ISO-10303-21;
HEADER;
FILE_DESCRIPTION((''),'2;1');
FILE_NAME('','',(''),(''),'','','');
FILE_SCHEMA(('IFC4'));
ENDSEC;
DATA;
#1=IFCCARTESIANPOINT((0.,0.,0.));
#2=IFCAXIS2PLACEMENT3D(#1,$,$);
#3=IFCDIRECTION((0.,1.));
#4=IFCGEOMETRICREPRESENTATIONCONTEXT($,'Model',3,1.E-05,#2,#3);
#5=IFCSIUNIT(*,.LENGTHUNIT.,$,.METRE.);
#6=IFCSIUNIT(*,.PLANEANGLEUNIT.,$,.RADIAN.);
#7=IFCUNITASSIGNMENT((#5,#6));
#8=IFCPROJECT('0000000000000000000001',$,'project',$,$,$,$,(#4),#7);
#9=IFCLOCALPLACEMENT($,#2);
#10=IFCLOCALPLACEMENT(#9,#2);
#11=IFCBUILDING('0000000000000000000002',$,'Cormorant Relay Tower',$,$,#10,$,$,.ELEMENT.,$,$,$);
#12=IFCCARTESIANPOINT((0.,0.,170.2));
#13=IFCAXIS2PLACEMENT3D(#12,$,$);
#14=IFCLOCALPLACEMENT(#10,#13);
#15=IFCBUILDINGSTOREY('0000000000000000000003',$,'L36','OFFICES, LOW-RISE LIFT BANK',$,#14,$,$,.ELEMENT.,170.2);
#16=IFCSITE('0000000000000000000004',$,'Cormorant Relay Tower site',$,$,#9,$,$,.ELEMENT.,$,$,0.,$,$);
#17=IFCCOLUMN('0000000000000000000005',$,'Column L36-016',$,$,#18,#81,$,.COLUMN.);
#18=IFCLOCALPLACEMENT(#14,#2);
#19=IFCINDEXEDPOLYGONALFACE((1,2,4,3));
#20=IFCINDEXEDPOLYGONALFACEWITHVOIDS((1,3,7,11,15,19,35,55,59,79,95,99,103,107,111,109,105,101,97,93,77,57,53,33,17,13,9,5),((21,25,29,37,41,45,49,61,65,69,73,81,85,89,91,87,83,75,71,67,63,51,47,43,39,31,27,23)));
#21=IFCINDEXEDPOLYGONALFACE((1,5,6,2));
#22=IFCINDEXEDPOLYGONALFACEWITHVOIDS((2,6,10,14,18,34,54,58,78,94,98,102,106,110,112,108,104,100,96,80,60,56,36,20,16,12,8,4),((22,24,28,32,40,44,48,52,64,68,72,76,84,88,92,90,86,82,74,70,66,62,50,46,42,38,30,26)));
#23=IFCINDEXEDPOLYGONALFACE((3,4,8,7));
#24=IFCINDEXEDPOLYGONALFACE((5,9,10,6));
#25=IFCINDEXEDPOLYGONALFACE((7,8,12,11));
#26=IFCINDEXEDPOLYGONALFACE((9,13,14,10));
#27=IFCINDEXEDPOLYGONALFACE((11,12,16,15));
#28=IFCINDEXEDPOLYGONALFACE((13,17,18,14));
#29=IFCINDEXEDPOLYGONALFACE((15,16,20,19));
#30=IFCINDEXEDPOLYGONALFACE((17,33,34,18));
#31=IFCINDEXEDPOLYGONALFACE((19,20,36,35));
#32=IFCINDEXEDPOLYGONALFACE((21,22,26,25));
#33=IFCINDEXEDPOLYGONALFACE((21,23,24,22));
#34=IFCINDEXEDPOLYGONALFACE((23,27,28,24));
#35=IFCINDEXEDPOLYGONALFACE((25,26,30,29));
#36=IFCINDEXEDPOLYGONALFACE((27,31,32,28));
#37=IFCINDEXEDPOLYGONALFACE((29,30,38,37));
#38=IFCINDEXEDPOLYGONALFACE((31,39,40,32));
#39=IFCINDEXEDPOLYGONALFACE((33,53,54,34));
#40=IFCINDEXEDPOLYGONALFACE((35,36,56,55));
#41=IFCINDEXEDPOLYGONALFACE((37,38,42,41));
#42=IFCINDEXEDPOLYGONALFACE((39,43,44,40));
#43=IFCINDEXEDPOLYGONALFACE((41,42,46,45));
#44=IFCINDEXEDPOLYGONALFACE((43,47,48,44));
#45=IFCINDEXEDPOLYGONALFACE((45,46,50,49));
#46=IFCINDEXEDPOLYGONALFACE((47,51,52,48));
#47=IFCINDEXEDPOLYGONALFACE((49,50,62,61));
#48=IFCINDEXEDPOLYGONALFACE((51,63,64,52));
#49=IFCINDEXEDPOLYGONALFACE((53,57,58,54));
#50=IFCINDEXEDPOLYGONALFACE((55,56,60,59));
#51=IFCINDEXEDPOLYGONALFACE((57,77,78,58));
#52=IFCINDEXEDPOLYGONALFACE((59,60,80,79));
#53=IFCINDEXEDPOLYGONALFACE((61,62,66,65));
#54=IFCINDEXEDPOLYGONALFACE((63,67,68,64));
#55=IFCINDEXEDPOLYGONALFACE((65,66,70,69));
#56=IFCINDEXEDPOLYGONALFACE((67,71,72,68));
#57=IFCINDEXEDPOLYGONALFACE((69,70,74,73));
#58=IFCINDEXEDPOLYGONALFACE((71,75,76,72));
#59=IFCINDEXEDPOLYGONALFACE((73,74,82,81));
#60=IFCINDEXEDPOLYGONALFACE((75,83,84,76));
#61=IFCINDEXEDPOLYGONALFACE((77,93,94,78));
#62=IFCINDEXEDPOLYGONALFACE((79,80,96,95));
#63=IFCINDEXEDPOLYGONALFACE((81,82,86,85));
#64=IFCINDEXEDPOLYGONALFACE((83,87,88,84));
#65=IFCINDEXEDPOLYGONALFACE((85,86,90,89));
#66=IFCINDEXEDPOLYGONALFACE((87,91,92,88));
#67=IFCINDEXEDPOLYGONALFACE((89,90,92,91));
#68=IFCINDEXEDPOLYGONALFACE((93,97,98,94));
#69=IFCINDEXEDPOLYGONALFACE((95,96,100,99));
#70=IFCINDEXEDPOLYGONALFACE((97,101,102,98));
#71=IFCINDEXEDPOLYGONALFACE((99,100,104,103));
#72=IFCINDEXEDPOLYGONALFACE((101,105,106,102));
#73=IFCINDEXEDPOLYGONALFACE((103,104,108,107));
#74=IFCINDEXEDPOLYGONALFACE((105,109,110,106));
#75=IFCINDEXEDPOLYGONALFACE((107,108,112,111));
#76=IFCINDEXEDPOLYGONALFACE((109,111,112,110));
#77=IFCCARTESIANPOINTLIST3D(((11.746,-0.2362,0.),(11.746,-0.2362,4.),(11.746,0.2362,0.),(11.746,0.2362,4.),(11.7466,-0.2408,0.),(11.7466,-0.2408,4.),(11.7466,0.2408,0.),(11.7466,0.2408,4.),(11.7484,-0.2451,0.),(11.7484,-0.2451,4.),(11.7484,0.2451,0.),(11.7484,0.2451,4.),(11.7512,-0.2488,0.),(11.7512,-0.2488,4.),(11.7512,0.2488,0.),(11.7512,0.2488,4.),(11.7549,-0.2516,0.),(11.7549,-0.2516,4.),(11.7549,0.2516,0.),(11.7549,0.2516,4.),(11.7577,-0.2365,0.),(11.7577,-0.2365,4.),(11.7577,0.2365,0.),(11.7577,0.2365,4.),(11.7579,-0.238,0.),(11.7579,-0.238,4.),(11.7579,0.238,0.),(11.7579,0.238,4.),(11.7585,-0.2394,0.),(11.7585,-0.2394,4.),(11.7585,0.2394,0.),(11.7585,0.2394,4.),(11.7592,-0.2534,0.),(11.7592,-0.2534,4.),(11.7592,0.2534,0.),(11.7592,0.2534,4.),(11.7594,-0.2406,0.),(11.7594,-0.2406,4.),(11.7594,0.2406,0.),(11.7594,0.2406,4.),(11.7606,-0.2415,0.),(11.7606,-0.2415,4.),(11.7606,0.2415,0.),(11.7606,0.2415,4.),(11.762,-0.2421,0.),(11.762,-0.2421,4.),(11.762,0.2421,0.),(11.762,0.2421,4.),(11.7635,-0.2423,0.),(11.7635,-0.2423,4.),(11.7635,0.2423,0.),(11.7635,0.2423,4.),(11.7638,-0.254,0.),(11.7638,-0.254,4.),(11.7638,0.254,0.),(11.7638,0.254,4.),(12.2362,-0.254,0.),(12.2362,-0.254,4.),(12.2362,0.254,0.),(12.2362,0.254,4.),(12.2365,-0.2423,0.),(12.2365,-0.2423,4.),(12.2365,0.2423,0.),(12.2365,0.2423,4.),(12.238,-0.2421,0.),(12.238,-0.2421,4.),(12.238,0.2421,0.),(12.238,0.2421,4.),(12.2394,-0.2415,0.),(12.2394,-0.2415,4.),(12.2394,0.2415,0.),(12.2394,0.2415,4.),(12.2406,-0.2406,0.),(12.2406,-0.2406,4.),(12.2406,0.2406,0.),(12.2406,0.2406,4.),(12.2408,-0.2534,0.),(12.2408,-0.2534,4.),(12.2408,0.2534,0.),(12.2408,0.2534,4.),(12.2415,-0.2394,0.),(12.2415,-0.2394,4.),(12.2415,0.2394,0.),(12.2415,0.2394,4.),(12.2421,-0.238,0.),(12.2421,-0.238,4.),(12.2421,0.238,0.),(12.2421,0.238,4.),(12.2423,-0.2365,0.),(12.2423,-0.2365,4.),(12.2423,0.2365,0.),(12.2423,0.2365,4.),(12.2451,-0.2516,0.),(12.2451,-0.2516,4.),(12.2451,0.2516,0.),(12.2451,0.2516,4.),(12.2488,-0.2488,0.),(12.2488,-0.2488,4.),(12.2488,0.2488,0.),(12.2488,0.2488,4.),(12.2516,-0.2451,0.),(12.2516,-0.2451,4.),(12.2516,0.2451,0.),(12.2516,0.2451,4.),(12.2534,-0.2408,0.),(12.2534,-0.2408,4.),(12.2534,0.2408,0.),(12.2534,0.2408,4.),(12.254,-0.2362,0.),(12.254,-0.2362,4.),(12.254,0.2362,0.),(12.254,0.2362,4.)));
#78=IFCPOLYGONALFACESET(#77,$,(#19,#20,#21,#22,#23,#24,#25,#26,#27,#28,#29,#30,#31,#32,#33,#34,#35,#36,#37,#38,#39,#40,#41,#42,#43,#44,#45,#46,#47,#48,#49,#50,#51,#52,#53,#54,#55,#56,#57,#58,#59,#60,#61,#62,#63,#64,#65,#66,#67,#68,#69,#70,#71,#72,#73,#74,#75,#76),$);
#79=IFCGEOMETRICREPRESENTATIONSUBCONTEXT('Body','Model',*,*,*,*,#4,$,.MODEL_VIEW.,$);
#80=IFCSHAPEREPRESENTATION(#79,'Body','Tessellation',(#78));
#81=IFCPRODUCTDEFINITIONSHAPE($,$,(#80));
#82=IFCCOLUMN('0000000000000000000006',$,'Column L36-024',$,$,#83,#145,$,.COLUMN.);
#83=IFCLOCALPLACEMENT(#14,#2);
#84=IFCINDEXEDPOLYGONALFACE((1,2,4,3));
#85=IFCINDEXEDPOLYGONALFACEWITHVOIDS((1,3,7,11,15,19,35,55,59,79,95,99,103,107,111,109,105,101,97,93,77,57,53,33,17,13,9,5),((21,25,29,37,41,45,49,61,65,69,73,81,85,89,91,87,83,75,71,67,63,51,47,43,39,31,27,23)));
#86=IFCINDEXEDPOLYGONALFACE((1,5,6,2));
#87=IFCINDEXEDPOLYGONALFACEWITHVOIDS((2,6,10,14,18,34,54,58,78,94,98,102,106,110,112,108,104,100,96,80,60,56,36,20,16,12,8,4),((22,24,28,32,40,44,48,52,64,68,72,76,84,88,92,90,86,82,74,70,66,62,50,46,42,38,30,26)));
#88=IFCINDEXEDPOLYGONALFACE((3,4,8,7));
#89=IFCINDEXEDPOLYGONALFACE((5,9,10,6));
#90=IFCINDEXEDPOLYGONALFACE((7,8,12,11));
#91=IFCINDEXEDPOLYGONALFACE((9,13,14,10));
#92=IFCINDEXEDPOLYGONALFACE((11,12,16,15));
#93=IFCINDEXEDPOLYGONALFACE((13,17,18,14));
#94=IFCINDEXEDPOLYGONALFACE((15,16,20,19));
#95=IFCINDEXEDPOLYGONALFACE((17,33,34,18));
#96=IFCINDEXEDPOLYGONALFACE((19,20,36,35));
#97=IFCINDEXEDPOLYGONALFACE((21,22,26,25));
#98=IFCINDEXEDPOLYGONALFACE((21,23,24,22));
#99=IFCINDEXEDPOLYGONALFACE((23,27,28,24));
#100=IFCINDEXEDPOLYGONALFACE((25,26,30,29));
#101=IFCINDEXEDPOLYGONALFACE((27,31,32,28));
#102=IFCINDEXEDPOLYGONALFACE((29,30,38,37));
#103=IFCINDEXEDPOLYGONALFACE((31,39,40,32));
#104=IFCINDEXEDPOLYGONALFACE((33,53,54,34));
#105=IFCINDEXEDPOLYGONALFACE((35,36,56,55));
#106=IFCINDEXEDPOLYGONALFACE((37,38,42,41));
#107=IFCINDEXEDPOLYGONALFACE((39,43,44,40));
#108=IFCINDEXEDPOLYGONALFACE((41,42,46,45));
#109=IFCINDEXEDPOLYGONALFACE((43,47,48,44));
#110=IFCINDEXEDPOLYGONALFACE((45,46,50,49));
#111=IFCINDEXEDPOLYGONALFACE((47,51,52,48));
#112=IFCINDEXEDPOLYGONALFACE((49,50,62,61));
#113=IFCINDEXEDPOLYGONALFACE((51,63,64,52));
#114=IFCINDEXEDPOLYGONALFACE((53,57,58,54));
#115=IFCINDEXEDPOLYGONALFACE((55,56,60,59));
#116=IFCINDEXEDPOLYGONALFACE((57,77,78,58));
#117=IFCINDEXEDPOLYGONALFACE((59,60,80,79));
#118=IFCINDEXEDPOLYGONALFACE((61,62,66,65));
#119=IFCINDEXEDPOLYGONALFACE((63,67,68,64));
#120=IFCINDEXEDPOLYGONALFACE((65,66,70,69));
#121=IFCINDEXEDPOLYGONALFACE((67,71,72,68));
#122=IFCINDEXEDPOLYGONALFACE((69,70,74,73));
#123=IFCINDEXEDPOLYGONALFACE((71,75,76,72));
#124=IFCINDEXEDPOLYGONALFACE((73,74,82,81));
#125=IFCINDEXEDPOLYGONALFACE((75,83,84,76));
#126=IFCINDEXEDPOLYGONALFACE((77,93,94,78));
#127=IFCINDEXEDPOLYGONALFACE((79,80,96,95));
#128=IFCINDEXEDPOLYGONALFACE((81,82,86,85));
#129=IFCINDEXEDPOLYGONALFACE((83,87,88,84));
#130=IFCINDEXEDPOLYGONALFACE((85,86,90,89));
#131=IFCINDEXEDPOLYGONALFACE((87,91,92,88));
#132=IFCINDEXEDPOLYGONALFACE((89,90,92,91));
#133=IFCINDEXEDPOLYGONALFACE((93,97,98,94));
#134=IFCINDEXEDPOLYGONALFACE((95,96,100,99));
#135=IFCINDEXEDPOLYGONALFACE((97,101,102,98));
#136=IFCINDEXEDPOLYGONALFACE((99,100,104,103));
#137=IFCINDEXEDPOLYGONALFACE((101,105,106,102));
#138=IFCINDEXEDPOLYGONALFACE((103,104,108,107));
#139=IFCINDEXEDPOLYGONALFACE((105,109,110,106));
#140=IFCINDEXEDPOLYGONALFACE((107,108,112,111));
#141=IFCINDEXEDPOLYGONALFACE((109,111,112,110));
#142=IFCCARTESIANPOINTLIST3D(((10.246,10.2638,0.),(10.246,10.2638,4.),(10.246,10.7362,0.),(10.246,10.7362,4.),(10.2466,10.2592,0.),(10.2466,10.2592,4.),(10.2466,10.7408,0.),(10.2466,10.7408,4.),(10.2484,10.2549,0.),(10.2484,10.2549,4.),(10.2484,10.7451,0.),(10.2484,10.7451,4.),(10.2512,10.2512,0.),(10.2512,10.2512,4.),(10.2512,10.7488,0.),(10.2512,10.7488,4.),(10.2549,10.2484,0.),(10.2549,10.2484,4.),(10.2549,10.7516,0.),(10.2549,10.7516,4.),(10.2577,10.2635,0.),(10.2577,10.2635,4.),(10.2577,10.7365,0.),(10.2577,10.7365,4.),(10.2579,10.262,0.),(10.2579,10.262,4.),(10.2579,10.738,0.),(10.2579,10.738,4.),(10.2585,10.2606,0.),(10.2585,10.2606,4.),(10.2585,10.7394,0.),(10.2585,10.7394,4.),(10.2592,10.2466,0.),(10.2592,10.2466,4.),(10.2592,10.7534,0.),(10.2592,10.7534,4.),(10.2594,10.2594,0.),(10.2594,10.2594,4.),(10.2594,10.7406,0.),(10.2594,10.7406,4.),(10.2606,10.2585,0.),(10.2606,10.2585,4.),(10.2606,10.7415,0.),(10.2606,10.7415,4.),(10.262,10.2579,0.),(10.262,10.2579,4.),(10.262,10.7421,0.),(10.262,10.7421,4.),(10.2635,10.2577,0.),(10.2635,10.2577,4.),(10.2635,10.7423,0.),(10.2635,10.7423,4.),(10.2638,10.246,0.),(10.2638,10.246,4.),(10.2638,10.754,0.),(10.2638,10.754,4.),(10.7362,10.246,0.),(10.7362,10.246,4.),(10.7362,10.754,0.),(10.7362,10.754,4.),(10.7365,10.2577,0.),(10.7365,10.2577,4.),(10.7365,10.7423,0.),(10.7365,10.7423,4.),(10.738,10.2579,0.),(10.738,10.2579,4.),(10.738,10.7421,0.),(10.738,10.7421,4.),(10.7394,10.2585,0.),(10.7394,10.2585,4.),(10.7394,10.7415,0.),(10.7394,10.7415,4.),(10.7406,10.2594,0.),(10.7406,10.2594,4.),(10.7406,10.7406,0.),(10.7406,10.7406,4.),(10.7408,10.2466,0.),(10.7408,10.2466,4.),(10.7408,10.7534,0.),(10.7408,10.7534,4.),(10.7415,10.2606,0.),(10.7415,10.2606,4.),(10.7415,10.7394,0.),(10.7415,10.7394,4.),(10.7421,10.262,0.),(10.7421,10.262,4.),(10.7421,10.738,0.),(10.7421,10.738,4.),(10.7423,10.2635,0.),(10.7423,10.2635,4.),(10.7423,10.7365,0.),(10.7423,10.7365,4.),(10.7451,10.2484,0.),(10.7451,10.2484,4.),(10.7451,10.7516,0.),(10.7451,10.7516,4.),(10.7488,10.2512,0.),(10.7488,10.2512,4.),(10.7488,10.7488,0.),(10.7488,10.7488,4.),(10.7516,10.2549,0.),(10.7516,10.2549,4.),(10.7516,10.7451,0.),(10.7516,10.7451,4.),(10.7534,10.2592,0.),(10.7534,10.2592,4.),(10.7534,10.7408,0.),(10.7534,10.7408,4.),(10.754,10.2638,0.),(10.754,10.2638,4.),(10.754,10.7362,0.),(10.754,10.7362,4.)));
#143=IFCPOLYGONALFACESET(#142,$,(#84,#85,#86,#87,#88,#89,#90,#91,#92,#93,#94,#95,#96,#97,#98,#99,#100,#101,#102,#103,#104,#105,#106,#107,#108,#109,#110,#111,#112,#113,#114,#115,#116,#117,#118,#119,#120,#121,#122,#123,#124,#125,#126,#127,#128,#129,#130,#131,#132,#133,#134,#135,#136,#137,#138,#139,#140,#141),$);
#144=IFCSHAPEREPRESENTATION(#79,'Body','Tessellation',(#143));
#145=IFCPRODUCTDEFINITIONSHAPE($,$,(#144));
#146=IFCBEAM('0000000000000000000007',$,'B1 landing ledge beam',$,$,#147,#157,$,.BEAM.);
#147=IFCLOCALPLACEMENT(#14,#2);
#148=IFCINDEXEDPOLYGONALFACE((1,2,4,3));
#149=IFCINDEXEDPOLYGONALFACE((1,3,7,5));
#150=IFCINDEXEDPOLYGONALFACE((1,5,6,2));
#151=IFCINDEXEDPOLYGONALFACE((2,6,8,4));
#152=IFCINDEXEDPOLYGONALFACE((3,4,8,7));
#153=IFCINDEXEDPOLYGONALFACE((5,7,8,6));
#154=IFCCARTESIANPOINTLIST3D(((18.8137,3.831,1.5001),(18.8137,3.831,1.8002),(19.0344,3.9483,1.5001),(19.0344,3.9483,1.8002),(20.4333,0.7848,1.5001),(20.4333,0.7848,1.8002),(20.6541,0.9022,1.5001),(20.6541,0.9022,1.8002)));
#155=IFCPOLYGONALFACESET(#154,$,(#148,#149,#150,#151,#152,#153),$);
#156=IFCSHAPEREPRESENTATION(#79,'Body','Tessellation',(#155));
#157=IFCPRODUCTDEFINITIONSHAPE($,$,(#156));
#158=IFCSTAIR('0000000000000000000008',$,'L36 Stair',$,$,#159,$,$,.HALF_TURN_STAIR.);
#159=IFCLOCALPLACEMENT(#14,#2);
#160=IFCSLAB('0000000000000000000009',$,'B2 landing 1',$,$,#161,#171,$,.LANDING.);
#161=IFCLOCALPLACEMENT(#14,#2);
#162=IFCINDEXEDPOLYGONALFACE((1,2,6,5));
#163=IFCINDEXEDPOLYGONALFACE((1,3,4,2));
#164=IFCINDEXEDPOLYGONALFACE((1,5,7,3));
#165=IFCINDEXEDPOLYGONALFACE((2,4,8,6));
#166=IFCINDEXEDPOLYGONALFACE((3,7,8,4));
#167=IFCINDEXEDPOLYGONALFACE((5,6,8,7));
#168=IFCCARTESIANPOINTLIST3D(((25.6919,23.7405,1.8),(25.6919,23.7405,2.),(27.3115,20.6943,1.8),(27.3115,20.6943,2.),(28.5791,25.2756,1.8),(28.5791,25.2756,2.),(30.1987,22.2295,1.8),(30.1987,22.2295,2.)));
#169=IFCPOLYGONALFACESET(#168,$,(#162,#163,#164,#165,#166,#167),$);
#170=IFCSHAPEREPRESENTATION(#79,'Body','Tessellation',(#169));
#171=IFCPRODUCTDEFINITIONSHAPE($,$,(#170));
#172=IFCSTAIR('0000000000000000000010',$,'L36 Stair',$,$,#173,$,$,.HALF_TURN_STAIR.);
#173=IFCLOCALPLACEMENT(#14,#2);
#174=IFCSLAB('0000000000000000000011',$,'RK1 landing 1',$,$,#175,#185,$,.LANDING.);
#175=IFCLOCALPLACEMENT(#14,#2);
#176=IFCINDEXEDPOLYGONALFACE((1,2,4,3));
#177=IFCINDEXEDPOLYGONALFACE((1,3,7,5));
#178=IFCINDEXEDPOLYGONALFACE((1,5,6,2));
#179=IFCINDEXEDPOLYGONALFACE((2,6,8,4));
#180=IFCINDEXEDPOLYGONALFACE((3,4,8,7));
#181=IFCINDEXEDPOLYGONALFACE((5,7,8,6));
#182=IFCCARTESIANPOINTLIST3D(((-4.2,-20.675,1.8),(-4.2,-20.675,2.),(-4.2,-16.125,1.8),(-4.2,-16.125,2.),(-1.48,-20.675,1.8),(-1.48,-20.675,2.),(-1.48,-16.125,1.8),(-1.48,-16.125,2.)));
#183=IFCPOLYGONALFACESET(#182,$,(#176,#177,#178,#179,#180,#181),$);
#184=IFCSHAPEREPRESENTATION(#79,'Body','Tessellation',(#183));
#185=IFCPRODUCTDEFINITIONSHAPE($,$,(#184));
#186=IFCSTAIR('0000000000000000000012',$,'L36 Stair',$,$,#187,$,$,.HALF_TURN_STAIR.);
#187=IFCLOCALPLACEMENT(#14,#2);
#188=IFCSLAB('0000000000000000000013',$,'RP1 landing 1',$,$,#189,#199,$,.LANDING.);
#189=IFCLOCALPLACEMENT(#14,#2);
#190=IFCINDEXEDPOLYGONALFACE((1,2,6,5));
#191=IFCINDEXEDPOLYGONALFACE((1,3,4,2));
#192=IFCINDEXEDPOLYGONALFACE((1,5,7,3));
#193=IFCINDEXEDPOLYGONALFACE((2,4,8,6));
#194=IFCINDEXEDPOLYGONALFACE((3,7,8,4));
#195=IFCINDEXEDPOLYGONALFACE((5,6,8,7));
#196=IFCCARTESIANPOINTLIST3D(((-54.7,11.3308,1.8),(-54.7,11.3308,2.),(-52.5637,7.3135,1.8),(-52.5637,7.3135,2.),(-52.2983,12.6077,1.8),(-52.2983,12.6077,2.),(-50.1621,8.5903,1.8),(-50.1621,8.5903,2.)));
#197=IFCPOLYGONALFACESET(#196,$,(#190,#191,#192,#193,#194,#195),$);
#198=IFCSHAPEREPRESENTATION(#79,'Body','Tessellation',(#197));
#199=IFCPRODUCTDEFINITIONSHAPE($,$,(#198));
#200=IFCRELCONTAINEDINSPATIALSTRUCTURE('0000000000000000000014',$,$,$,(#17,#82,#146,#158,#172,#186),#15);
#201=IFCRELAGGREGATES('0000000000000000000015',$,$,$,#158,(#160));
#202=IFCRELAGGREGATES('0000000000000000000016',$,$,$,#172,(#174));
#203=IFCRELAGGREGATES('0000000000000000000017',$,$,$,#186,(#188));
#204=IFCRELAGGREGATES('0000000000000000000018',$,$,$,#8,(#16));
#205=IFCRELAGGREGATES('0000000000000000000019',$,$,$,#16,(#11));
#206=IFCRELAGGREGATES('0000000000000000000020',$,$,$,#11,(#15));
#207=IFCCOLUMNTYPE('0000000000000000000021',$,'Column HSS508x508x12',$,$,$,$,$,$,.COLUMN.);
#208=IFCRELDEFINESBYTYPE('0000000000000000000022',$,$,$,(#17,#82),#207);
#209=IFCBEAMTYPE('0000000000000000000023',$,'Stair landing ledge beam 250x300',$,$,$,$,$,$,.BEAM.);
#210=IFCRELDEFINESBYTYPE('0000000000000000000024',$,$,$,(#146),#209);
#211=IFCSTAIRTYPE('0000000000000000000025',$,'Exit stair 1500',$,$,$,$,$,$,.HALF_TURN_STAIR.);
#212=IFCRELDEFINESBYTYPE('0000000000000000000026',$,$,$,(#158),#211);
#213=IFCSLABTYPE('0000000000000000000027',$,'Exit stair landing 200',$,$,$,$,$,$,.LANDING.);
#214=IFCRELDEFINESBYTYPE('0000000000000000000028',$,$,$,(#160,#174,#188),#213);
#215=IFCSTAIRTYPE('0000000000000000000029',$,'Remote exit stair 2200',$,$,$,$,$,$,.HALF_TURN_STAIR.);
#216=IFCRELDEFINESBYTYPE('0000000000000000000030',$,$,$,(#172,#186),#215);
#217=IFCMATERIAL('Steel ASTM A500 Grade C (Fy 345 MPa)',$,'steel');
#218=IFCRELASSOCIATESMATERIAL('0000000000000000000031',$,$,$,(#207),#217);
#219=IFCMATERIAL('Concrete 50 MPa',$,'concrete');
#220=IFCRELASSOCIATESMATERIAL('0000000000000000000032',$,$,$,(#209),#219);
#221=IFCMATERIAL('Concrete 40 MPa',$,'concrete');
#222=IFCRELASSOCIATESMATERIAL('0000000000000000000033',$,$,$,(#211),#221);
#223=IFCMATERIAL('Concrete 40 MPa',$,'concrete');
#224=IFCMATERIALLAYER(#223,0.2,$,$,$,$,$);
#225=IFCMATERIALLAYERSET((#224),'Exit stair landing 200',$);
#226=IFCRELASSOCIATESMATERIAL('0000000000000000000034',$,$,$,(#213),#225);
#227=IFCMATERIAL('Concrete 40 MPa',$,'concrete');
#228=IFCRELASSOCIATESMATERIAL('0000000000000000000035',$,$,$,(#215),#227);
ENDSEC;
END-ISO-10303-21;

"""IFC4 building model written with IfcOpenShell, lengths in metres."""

from ifc_helpers import new_model, si_unit, direction, frame, origin, origin_2d, place, context, subcontext, project, spatial, polyline, rectangle, hollow_rectangle, outline, extrude, material, layer, layer_set, material_profile, profile_set, type_object, element, aggregate, save


model = new_model("IFC4")

# Units and contexts
model_context = context("Model", 3, precision=1e-05, world=origin(), true_north=direction((0.0, 1.0)))
body_context = subcontext(model_context, "Body", "Model", "MODEL_VIEW")
ifc_project = project(units=[si_unit("LENGTHUNIT", "METRE"), si_unit("PLANEANGLEUNIT", "RADIAN")], contexts=[model_context])

# Site, building, storey
site_placement = place(None, origin())
site = spatial("IfcSite", under=ifc_project, at=site_placement, Name="Cormorant Relay Tower site", CompositionType="ELEMENT", RefElevation=0.0)
building_placement = place(site_placement, origin())
building = spatial("IfcBuilding", under=site, at=building_placement, Name="Cormorant Relay Tower", CompositionType="ELEMENT")
storey_placement = place(building_placement, frame((0.0, 0.0, 170.2)))
storey = spatial("IfcBuildingStorey", under=building, at=storey_placement, Name="L36", Description="OFFICES, LOW-RISE LIFT BANK", CompositionType="ELEMENT", Elevation=170.2)

# Columns
ifc_material_1 = material(Name="Steel ASTM A500 Grade C (Fy 345 MPa)", Category="steel")
ifc_material_profile_1 = material_profile(ifc_material_1, hollow_rectangle(XDim=0.5081, YDim=0.5081, WallThickness=0.0117, InnerFilletRadius=0.0059, OuterFilletRadius=0.0178, at=origin_2d()), Name="HSS508x508x12")
ifc_profile_set_1 = profile_set([ifc_material_profile_1], Name="Steel ASTM A500 Grade C (Fy 345 MPa)")
column_type = type_object("IfcColumnType", Name="Column HSS508x508x12", PredefinedType="COLUMN", material=ifc_profile_set_1)
for number, where, z_axis, x_axis, name in (
    (1, (12.0, 0.0, 0.0), (0.0, 0.0, 1.0), (1.0, 0.0, 0.0), "Column L36-016"),
    (2, (10.5, 10.5, 0.0), (0.0, 0.0, 1.0), (1.0, 0.0, 0.0), "Column L36-024"),
):
    element("IfcColumn", number, at=place(storey_placement, frame(where, z_axis=z_axis, x_axis=x_axis)), inside=storey, type_object=column_type, Name=name, PredefinedType="COLUMN", context=body_context, shape_type="SweptSolid", body=[
        extrude(hollow_rectangle(XDim=0.5081, YDim=0.5081, WallThickness=0.0117, InnerFilletRadius=0.0059, OuterFilletRadius=0.0178, at=origin_2d()), origin(), (0.0, 0.0, 1.0), 4.0),
    ])

# Beam
ifc_material_2 = material(Name="Concrete 50 MPa", Category="concrete")
ifc_material_profile_2 = material_profile(ifc_material_2, rectangle(XDim=0.25, YDim=0.3, at=origin_2d()), Name="RC 250x300")
ifc_profile_set_2 = profile_set([ifc_material_profile_2], Name="Concrete 50 MPa")
beam_type = type_object("IfcBeamType", Name="Stair landing ledge beam 250x300", PredefinedType="BEAM", material=ifc_profile_set_2)
beam_placement = place(storey_placement, frame((18.9241, 3.8896, 1.6501), z_axis=(0.469464, -0.882952, 0.0), x_axis=(0.882952, 0.469464, 0.0)))
element("IfcBeam", 3, at=beam_placement, inside=storey, type_object=beam_type, Name="B1 landing ledge beam", PredefinedType="BEAM", context=body_context, shape_type="SweptSolid", body=[
    extrude(rectangle(XDim=0.25, YDim=0.3, at=origin_2d()), origin(), (0.0, 0.0, 1.0), 3.45),
])

# Stairs, slabs
ifc_material_3 = material(Name="Concrete 40 MPa", Category="concrete")
stair_type_1 = type_object("IfcStairType", Name="Exit stair 1500", PredefinedType="HALF_TURN_STAIR", material=ifc_material_3)
stair_1_placement = place(storey_placement, origin())
stair_1 = element("IfcStair", 4, at=stair_1_placement, inside=storey, type_object=stair_type_1, Name="L36 Stair", PredefinedType="HALF_TURN_STAIR")
ifc_material_4 = material(Name="Concrete 40 MPa", Category="concrete")
ifc_layer_1 = layer(ifc_material_4, 0.2)
ifc_layer_set_1 = layer_set([ifc_layer_1], Name="Exit stair landing 200")
slab_type = type_object("IfcSlabType", Name="Exit stair landing 200", PredefinedType="LANDING", material=ifc_layer_set_1)
slab_1_placement = place(storey_placement, frame((0.0, 0.0, 1.8)))
slab_1 = element("IfcSlab", 5, at=slab_1_placement, type_object=slab_type, Name="B2 landing 1", PredefinedType="LANDING", context=body_context, shape_type="SweptSolid", body=[
    extrude(outline(polyline([(27.3115, 20.6943), (30.1987, 22.2295), (28.5791, 25.2756), (25.6919, 23.7405), (27.3115, 20.6943)])), origin(), (0.0, 0.0, 1.0), 0.2),
])
aggregate(stair_1, [slab_1])
ifc_material_5 = material(Name="Concrete 40 MPa", Category="concrete")
stair_type_2 = type_object("IfcStairType", Name="Remote exit stair 2200", PredefinedType="HALF_TURN_STAIR", material=ifc_material_5)
stair_2_placement = place(storey_placement, origin())
stair_2 = element("IfcStair", 6, at=stair_2_placement, inside=storey, type_object=stair_type_2, Name="L36 Stair", PredefinedType="HALF_TURN_STAIR")
slab_2_placement = place(storey_placement, frame((0.0, 0.0, 1.8)))
slab_2 = element("IfcSlab", 7, at=slab_2_placement, type_object=slab_type, Name="RK1 landing 1", PredefinedType="LANDING", context=body_context, shape_type="SweptSolid", body=[
    extrude(outline(polyline([(-1.48, -16.125), (-4.2, -16.125), (-4.2, -20.675), (-1.48, -20.675), (-1.48, -16.125)])), origin(), (0.0, 0.0, 1.0), 0.2),
])
aggregate(stair_2, [slab_2])
stair_3_placement = place(storey_placement, origin())
stair_3 = element("IfcStair", 8, at=stair_3_placement, inside=storey, type_object=stair_type_2, Name="L36 Stair", PredefinedType="HALF_TURN_STAIR")
slab_3_placement = place(storey_placement, frame((0.0, 0.0, 1.8)))
slab_3 = element("IfcSlab", 9, at=slab_3_placement, type_object=slab_type, Name="RP1 landing 1", PredefinedType="LANDING", context=body_context, shape_type="SweptSolid", body=[
    extrude(outline(polyline([(-52.2983, 12.6077), (-54.7, 11.3308), (-52.5637, 7.3135), (-50.1621, 8.5903), (-52.2983, 12.6077)])), origin(), (0.0, 0.0, 1.0), 0.2),
])
aggregate(stair_3, [slab_3])

save(model, "model.ifc")
